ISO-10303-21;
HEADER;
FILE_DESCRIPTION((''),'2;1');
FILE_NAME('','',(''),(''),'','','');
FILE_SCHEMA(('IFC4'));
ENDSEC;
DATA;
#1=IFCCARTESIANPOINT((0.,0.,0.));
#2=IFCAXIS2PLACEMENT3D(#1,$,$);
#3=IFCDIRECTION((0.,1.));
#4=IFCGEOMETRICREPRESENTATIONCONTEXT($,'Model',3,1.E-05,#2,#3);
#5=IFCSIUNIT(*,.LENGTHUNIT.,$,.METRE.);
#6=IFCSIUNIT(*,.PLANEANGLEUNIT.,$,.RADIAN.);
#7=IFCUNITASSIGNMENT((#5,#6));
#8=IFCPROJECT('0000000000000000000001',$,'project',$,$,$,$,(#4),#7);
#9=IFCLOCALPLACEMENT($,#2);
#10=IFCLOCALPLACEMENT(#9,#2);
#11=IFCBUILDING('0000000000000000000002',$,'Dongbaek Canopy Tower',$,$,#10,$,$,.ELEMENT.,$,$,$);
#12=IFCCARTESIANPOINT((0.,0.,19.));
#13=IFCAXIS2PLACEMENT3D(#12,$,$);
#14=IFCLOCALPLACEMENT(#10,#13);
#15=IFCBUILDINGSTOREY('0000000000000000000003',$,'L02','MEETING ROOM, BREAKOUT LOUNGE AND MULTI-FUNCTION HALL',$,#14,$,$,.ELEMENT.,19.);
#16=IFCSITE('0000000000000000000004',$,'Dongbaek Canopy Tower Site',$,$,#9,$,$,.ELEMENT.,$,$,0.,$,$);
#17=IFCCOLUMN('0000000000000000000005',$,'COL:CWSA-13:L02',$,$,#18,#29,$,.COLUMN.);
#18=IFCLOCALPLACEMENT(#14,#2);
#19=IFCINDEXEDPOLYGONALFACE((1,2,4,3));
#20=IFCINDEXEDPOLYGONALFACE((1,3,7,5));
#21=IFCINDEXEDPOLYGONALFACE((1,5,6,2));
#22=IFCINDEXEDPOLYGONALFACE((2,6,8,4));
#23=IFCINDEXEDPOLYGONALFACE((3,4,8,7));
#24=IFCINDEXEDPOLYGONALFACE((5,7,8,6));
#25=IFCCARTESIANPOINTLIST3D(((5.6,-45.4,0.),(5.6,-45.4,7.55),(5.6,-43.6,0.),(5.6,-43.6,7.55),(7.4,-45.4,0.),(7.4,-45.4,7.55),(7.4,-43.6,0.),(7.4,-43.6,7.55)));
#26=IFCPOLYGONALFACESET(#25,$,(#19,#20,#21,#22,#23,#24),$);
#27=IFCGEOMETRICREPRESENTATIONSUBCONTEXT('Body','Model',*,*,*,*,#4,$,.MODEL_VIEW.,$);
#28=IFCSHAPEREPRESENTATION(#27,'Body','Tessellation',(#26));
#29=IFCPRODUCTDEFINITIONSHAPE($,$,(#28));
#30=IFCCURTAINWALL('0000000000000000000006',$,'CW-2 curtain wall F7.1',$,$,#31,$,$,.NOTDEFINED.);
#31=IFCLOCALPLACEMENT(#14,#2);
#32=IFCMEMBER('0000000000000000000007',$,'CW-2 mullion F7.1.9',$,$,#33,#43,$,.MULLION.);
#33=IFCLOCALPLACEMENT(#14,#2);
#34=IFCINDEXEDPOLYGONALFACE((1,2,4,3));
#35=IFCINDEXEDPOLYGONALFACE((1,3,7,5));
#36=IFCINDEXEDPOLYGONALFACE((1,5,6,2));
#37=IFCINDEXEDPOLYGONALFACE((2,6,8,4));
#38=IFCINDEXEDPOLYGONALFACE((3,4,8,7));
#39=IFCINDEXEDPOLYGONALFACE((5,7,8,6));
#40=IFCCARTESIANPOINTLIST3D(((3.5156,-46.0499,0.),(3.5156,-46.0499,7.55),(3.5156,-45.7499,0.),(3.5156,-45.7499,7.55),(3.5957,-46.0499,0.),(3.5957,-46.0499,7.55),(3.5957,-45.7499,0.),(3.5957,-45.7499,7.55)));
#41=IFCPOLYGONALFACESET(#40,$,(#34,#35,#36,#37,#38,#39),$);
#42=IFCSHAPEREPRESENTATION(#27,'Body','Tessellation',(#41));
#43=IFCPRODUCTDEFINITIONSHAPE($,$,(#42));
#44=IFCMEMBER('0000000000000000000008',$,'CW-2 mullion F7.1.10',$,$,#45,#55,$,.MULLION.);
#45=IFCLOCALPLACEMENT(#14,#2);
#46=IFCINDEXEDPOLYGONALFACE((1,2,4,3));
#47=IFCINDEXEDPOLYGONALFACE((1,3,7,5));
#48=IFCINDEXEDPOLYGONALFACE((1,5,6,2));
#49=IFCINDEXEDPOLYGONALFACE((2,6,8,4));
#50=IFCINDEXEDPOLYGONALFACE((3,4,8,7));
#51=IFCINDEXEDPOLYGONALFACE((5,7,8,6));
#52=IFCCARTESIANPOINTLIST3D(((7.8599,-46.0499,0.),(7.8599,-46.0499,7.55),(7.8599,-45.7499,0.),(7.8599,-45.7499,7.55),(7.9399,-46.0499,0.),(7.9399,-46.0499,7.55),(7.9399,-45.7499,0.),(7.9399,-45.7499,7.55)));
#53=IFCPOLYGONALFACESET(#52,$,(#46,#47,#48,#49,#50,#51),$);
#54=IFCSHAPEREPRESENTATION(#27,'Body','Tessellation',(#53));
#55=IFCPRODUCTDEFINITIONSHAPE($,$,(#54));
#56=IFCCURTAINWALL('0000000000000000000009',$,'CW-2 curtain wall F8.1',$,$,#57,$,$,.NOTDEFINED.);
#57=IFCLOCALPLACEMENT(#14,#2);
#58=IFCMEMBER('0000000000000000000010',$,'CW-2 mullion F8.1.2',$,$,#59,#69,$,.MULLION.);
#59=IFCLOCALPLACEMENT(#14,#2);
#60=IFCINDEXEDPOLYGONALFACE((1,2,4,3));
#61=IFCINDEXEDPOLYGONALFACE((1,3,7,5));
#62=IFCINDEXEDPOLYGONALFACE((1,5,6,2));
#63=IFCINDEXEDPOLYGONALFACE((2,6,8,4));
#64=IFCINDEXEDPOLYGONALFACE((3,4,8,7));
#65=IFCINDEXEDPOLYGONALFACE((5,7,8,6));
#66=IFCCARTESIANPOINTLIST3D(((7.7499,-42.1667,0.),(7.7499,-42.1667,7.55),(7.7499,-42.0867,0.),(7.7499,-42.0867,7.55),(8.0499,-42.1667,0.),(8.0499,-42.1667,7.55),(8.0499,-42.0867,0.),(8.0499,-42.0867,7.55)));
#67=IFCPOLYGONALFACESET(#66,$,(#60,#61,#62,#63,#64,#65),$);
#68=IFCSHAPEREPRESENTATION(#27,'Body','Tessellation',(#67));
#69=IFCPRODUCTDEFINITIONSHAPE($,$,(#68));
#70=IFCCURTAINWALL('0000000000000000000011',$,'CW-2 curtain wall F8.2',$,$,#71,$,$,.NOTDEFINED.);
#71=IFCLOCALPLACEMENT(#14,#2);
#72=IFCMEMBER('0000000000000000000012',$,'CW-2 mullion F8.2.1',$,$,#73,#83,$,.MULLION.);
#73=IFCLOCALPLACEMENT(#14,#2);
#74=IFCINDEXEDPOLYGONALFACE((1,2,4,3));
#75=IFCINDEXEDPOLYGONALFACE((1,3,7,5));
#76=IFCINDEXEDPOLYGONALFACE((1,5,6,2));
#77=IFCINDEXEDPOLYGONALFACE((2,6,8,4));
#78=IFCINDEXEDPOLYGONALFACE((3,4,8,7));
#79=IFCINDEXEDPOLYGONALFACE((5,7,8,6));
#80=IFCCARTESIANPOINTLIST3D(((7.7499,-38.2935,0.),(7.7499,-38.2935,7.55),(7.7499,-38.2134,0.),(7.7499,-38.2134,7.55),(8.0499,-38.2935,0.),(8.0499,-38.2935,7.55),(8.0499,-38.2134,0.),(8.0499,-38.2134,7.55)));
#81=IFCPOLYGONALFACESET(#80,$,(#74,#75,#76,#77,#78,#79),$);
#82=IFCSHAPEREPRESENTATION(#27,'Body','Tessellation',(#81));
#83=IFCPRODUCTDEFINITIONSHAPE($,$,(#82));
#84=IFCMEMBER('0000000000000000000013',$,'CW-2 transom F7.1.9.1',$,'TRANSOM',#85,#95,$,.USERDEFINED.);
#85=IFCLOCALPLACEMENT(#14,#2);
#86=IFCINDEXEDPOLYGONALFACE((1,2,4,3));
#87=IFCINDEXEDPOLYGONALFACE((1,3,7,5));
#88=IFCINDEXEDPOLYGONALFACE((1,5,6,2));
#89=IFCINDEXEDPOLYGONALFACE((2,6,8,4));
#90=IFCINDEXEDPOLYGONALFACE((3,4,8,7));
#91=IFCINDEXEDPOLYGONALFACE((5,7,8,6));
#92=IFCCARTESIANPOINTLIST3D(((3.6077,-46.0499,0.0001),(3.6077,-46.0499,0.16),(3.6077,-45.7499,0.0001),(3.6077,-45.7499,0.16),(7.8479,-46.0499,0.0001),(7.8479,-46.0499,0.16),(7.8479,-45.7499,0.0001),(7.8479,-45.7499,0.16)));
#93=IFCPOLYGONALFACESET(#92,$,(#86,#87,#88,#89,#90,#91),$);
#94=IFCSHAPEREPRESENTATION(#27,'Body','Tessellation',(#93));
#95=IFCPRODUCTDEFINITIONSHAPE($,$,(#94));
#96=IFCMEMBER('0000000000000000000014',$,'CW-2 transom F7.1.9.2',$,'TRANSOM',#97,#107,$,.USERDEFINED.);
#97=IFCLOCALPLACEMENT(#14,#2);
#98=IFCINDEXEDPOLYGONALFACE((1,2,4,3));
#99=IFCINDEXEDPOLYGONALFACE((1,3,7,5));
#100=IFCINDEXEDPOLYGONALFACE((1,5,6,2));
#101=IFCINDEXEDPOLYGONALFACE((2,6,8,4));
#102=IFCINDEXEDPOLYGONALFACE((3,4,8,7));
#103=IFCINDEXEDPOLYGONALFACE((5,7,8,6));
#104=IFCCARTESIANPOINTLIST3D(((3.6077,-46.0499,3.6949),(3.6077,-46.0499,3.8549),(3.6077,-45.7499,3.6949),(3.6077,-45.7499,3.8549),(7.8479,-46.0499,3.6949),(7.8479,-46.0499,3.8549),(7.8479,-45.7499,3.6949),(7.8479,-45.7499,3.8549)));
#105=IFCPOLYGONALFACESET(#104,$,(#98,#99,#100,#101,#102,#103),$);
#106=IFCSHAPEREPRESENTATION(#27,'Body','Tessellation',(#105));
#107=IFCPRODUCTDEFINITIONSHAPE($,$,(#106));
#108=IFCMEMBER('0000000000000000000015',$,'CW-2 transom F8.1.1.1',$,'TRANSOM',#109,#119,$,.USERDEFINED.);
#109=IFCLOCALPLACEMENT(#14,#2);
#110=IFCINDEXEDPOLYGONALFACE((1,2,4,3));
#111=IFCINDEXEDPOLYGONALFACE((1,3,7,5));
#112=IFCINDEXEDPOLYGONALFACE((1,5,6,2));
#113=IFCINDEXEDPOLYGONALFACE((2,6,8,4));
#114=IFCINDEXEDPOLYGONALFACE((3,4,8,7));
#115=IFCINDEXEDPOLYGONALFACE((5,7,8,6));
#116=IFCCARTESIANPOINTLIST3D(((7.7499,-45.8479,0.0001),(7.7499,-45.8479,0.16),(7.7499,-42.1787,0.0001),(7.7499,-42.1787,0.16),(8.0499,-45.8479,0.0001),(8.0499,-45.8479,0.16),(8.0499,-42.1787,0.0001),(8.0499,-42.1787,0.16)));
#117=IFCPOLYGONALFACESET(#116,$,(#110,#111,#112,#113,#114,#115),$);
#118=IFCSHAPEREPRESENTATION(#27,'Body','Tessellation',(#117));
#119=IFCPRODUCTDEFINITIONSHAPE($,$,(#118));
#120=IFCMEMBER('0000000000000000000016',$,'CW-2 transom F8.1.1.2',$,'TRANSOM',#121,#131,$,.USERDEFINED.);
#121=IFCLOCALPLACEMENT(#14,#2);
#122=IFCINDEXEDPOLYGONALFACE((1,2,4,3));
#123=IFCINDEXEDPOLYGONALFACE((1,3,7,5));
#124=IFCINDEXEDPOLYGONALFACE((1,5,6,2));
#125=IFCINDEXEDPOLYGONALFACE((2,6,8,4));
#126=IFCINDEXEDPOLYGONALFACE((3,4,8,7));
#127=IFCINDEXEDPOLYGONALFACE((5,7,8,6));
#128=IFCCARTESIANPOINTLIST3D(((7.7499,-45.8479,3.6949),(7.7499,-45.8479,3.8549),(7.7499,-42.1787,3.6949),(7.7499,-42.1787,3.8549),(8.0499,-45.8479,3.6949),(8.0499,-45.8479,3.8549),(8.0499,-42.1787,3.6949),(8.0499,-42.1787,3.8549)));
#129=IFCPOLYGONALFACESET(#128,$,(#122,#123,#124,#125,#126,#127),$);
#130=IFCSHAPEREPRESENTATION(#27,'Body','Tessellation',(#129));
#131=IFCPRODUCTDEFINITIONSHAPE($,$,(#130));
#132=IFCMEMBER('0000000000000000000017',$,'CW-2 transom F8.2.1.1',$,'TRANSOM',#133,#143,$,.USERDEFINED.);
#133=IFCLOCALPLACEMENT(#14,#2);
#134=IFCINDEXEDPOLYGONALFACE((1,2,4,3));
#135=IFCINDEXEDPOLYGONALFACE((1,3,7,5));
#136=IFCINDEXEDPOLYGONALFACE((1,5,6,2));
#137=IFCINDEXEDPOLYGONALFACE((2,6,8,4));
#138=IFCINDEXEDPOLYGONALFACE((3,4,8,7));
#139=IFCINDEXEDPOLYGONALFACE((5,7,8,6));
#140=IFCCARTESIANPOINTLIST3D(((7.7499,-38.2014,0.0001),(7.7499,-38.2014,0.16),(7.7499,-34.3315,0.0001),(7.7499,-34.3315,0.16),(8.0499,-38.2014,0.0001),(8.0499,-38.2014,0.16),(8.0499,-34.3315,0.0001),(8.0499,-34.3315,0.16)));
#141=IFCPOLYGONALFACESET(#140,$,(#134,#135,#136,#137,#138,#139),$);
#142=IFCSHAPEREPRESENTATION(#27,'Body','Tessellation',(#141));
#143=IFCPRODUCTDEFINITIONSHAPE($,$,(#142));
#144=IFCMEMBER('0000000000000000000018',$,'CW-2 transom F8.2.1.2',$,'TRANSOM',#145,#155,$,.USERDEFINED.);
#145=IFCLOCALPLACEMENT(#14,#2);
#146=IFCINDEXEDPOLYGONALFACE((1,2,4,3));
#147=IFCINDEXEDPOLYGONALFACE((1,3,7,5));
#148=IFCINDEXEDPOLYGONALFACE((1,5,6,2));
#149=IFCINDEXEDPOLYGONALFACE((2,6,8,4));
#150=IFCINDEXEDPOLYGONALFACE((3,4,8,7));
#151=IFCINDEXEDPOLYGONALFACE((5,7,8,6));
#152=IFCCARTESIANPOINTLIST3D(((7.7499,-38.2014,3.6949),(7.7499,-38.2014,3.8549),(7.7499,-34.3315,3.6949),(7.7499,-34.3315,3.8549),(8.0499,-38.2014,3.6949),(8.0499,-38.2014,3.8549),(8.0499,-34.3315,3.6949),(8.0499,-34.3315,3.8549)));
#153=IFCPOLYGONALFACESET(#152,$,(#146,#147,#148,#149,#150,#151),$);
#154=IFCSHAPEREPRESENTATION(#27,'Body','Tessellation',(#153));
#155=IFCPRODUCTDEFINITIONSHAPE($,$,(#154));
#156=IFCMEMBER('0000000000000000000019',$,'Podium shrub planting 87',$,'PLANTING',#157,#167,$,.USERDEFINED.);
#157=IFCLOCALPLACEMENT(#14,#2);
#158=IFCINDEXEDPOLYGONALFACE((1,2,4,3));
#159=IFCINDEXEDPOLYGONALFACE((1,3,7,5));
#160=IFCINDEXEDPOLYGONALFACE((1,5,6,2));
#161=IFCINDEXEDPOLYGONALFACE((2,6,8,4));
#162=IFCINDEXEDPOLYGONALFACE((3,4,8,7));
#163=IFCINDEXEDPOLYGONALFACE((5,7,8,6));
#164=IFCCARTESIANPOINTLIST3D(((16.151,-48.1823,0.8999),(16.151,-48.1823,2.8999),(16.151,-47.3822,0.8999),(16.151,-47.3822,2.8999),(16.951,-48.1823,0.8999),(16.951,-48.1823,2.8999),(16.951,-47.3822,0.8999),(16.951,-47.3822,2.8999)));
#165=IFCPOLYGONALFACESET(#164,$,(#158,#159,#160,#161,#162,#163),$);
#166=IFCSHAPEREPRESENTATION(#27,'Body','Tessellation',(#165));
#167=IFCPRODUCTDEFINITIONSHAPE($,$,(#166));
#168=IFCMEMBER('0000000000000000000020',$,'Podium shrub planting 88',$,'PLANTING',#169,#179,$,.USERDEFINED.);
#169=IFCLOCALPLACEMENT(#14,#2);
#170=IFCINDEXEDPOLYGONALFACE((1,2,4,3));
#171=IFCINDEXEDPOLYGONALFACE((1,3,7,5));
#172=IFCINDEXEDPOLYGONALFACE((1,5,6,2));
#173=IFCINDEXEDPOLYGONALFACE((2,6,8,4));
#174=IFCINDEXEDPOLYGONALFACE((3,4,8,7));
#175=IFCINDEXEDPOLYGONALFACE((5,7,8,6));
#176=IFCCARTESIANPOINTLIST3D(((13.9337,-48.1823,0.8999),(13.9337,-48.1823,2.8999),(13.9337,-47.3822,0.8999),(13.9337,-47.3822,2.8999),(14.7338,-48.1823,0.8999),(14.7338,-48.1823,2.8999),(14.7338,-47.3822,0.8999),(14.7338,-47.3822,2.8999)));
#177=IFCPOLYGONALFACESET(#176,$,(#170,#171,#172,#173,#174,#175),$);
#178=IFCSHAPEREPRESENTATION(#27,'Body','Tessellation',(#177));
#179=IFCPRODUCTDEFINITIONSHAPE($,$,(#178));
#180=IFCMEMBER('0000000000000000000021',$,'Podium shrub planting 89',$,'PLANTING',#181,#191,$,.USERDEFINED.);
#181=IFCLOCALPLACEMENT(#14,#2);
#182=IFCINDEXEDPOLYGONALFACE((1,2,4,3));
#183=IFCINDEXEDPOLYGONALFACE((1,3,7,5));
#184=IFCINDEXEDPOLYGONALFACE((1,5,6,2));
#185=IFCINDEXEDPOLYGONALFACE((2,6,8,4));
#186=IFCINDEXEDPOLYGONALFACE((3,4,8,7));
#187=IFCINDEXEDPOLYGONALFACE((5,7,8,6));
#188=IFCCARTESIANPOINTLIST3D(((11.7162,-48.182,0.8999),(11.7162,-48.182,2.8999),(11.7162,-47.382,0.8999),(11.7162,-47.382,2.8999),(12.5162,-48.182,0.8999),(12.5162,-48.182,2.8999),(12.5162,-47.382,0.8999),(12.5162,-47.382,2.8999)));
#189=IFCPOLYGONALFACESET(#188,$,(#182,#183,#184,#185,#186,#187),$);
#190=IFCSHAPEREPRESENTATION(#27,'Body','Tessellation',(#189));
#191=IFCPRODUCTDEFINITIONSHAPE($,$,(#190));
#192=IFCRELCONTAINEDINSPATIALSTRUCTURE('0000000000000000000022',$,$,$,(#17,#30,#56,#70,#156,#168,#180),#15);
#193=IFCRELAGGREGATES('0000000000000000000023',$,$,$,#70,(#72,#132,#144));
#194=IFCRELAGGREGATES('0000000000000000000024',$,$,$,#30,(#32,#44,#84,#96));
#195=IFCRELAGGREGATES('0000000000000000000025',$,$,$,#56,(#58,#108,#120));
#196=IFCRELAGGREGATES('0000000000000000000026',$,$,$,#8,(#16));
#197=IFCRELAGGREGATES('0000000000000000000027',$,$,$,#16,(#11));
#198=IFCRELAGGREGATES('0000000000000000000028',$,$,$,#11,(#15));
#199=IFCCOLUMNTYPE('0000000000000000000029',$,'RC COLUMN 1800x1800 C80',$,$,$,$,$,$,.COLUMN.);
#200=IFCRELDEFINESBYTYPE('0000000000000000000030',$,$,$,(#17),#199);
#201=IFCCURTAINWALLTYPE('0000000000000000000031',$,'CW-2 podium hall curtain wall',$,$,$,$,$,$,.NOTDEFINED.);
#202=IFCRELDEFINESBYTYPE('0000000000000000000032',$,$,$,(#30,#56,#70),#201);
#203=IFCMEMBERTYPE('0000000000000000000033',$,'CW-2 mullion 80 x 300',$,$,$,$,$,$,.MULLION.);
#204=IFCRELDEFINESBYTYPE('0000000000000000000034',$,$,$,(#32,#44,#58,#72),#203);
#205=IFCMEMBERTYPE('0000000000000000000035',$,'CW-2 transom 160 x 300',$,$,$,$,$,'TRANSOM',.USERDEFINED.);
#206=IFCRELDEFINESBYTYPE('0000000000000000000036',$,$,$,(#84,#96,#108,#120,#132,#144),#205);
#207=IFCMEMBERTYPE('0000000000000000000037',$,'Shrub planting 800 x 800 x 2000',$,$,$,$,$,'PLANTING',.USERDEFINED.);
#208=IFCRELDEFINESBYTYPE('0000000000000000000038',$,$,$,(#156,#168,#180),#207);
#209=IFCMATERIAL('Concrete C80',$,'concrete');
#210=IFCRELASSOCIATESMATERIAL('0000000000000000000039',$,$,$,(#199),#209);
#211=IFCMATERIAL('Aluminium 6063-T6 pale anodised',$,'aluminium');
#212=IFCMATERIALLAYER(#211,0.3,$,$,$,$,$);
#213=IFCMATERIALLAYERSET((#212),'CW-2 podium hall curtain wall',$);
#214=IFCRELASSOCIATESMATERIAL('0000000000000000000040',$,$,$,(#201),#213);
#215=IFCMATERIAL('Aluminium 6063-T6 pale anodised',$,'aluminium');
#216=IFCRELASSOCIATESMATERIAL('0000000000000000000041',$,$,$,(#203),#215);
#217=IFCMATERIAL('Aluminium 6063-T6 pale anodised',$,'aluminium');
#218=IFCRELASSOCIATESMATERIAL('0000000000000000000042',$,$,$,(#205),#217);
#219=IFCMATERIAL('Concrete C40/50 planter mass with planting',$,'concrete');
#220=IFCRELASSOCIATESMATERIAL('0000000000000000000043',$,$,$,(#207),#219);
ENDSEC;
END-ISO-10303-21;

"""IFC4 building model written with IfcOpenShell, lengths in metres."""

from ifc_helpers import new_model, si_unit, direction, frame, origin, origin_2d, place, context, subcontext, project, spatial, rectangle, extrude, material, layer, layer_set, material_profile, profile_set, type_object, element, aggregate, save


model = new_model("IFC4")

# Units and contexts
model_context = context("Model", 3, precision=1e-05, world=origin(), true_north=direction((0.0, 1.0)))
body_context = subcontext(model_context, "Body", "Model", "MODEL_VIEW")
ifc_project = project(units=[si_unit("LENGTHUNIT", "METRE"), si_unit("PLANEANGLEUNIT", "RADIAN")], contexts=[model_context])

# Site, building, storey
site_placement = place(None, origin())
site = spatial("IfcSite", under=ifc_project, at=site_placement, Name="Dongbaek Canopy Tower Site", CompositionType="ELEMENT", RefElevation=0.0)
building_placement = place(site_placement, origin())
building = spatial("IfcBuilding", under=site, at=building_placement, Name="Dongbaek Canopy Tower", CompositionType="ELEMENT")
storey_placement = place(building_placement, frame((0.0, 0.0, 19.0)))
storey = spatial("IfcBuildingStorey", under=building, at=storey_placement, Name="L02", Description="MEETING ROOM, BREAKOUT LOUNGE AND MULTI-FUNCTION HALL", CompositionType="ELEMENT", Elevation=19.0)

# Column
ifc_material_1 = material(Name="Concrete C80", Category="concrete")
ifc_material_profile_1 = material_profile(ifc_material_1, rectangle(XDim=1.8, YDim=1.8, at=origin_2d()), Name="RC COLUMN 1800x1800 C80")
ifc_profile_set_1 = profile_set([ifc_material_profile_1], Name="Concrete C80")
column_type = type_object("IfcColumnType", Name="RC COLUMN 1800x1800 C80", PredefinedType="COLUMN", material=ifc_profile_set_1)
column_placement = place(storey_placement, frame((6.5, -44.5, 0.0), z_axis=(0.0, 0.0, 1.0), x_axis=(1.0, 0.0, 0.0)))
element("IfcColumn", 1, at=column_placement, inside=storey, type_object=column_type, Name="COL:CWSA-13:L02", PredefinedType="COLUMN", context=body_context, shape_type="SweptSolid", body=[
    extrude(rectangle(XDim=1.8, YDim=1.8, at=origin_2d()), origin(), (0.0, 0.0, 1.0), 7.55),
])

# Curtain wall, members
ifc_material_2 = material(Name="Aluminium 6063-T6 pale anodised", Category="aluminium")
ifc_layer_1 = layer(ifc_material_2, 0.3)
ifc_layer_set_1 = layer_set([ifc_layer_1], Name="CW-2 podium hall curtain wall")
curtain_wall_type = type_object("IfcCurtainWallType", Name="CW-2 podium hall curtain wall", PredefinedType="NOTDEFINED", material=ifc_layer_set_1)
curtain_wall_1_placement = place(storey_placement, origin())
curtain_wall_1 = element("IfcCurtainWall", 2, at=curtain_wall_1_placement, inside=storey, type_object=curtain_wall_type, Name="CW-2 curtain wall F7.1", PredefinedType="NOTDEFINED")
ifc_material_3 = material(Name="Aluminium 6063-T6 pale anodised", Category="aluminium")
ifc_material_profile_2 = material_profile(ifc_material_3, rectangle(XDim=0.3, YDim=0.0801, at=origin_2d()), Name="CW-2 mullion 80 x 300")
ifc_profile_set_2 = profile_set([ifc_material_profile_2], Name="Aluminium 6063-T6 pale anodised")
member_type_1 = type_object("IfcMemberType", Name="CW-2 mullion 80 x 300", PredefinedType="MULLION", material=ifc_profile_set_2)
member_1_placement = place(storey_placement, frame((3.5557, -45.8999, 0.0), z_axis=(0.0, 0.0, 1.0), x_axis=(0.0, -1.0, 0.0)))
member_1 = element("IfcMember", 3, at=member_1_placement, type_object=member_type_1, Name="CW-2 mullion F7.1.9", PredefinedType="MULLION", context=body_context, shape_type="SweptSolid", body=[
    extrude(rectangle(XDim=0.3, YDim=0.0801, at=origin_2d()), origin(), (0.0, 0.0, 1.0), 7.55),
])
member_2_placement = place(storey_placement, frame((7.8999, -45.8999, 0.0), z_axis=(0.0, 0.0, 1.0), x_axis=(0.0, -1.0, 0.0)))
member_2 = element("IfcMember", 4, at=member_2_placement, type_object=member_type_1, Name="CW-2 mullion F7.1.10", PredefinedType="MULLION", context=body_context, shape_type="SweptSolid", body=[
    extrude(rectangle(XDim=0.3, YDim=0.0801, at=origin_2d()), origin(), (0.0, 0.0, 1.0), 7.55),
])

# Curtain walls, members
curtain_wall_2_placement = place(storey_placement, origin())
curtain_wall_2 = element("IfcCurtainWall", 5, at=curtain_wall_2_placement, inside=storey, type_object=curtain_wall_type, Name="CW-2 curtain wall F8.1", PredefinedType="NOTDEFINED")
member_3_placement = place(storey_placement, frame((7.8999, -42.1267, 0.0), z_axis=(0.0, 0.0, 1.0), x_axis=(1.0, 0.0, 0.0)))
member_3 = element("IfcMember", 6, at=member_3_placement, type_object=member_type_1, Name="CW-2 mullion F8.1.2", PredefinedType="MULLION", context=body_context, shape_type="SweptSolid", body=[
    extrude(rectangle(XDim=0.3, YDim=0.0801, at=origin_2d()), origin(), (0.0, 0.0, 1.0), 7.55),
])
curtain_wall_3_placement = place(storey_placement, origin())
curtain_wall_3 = element("IfcCurtainWall", 7, at=curtain_wall_3_placement, inside=storey, type_object=curtain_wall_type, Name="CW-2 curtain wall F8.2", PredefinedType="NOTDEFINED")
member_4_placement = place(storey_placement, frame((7.8999, -38.2534, 0.0), z_axis=(0.0, 0.0, 1.0), x_axis=(1.0, 0.0, 0.0)))
member_4 = element("IfcMember", 8, at=member_4_placement, type_object=member_type_1, Name="CW-2 mullion F8.2.1", PredefinedType="MULLION", context=body_context, shape_type="SweptSolid", body=[
    extrude(rectangle(XDim=0.3, YDim=0.0801, at=origin_2d()), origin(), (0.0, 0.0, 1.0), 7.55),
])

# Members
ifc_material_4 = material(Name="Aluminium 6063-T6 pale anodised", Category="aluminium")
ifc_material_profile_3 = material_profile(ifc_material_4, rectangle(XDim=0.3, YDim=0.1599, at=origin_2d()), Name="CW-2 transom 160 x 300")
ifc_profile_set_3 = profile_set([ifc_material_profile_3], Name="Aluminium 6063-T6 pale anodised")
member_type_2 = type_object("IfcMemberType", Name="CW-2 transom 160 x 300", ElementType="TRANSOM", PredefinedType="USERDEFINED", material=ifc_profile_set_3)
member_5_placement = place(storey_placement, frame((3.6077, -45.8999, 0.0801), z_axis=(1.0, 0.0, 0.0), x_axis=(0.0, 1.0, 0.0)))
member_5 = element("IfcMember", 9, at=member_5_placement, type_object=member_type_2, Name="CW-2 transom F7.1.9.1", ObjectType="TRANSOM", PredefinedType="USERDEFINED", context=body_context, shape_type="SweptSolid", body=[
    extrude(rectangle(XDim=0.3, YDim=0.1599, at=origin_2d()), origin(), (0.0, 0.0, 1.0), 4.2402),
])
member_6_placement = place(storey_placement, frame((3.6077, -45.8999, 3.7749), z_axis=(1.0, 0.0, 0.0), x_axis=(0.0, 1.0, 0.0)))
member_6 = element("IfcMember", 10, at=member_6_placement, type_object=member_type_2, Name="CW-2 transom F7.1.9.2", ObjectType="TRANSOM", PredefinedType="USERDEFINED", context=body_context, shape_type="SweptSolid", body=[
    extrude(rectangle(XDim=0.3, YDim=0.1599, at=origin_2d()), origin(), (0.0, 0.0, 1.0), 4.2402),
])
member_7_placement = place(storey_placement, frame((7.8999, -45.8479, 0.0801), z_axis=(0.0, 1.0, 0.0), x_axis=(-1.0, 0.0, 0.0)))
member_7 = element("IfcMember", 11, at=member_7_placement, type_object=member_type_2, Name="CW-2 transom F8.1.1.1", ObjectType="TRANSOM", PredefinedType="USERDEFINED", context=body_context, shape_type="SweptSolid", body=[
    extrude(rectangle(XDim=0.3, YDim=0.1599, at=origin_2d()), origin(), (0.0, 0.0, 1.0), 3.6692),
])
member_8_placement = place(storey_placement, frame((7.8999, -45.8479, 3.7749), z_axis=(0.0, 1.0, 0.0), x_axis=(-1.0, 0.0, 0.0)))
member_8 = element("IfcMember", 12, at=member_8_placement, type_object=member_type_2, Name="CW-2 transom F8.1.1.2", ObjectType="TRANSOM", PredefinedType="USERDEFINED", context=body_context, shape_type="SweptSolid", body=[
    extrude(rectangle(XDim=0.3, YDim=0.1599, at=origin_2d()), origin(), (0.0, 0.0, 1.0), 3.6692),
])
member_9_placement = place(storey_placement, frame((7.8999, -38.2014, 0.0801), z_axis=(0.0, 1.0, 0.0), x_axis=(-1.0, 0.0, 0.0)))
member_9 = element("IfcMember", 13, at=member_9_placement, type_object=member_type_2, Name="CW-2 transom F8.2.1.1", ObjectType="TRANSOM", PredefinedType="USERDEFINED", context=body_context, shape_type="SweptSolid", body=[
    extrude(rectangle(XDim=0.3, YDim=0.1599, at=origin_2d()), origin(), (0.0, 0.0, 1.0), 3.8699),
])
member_10_placement = place(storey_placement, frame((7.8999, -38.2014, 3.7749), z_axis=(0.0, 1.0, 0.0), x_axis=(-1.0, 0.0, 0.0)))
member_10 = element("IfcMember", 14, at=member_10_placement, type_object=member_type_2, Name="CW-2 transom F8.2.1.2", ObjectType="TRANSOM", PredefinedType="USERDEFINED", context=body_context, shape_type="SweptSolid", body=[
    extrude(rectangle(XDim=0.3, YDim=0.1599, at=origin_2d()), origin(), (0.0, 0.0, 1.0), 3.8699),
])
aggregate(curtain_wall_3, [member_4, member_9, member_10])

# Members
ifc_material_5 = material(Name="Concrete C40/50 planter mass with planting", Category="concrete")
ifc_material_profile_4 = material_profile(ifc_material_5, rectangle(XDim=0.8, YDim=0.8, at=origin_2d()), Name="Shrub planting 800 x 800 x 2000")
ifc_profile_set_4 = profile_set([ifc_material_profile_4], Name="Concrete C40/50 planter mass with planting")
member_type_3 = type_object("IfcMemberType", Name="Shrub planting 800 x 800 x 2000", ElementType="PLANTING", PredefinedType="USERDEFINED", material=ifc_profile_set_4)
for number, where, z_axis, x_axis, name in (
    (15, (16.551, -47.7822, 0.8999), (0.0, 0.0, 1.0), (1.0, 0.0, 0.0), "Podium shrub planting 87"),
    (16, (14.3337, -47.7822, 0.8999), (0.0, 0.0, 1.0), (1.0, 0.0, 0.0), "Podium shrub planting 88"),
    (17, (12.1162, -47.782, 0.8999), (0.0, 0.0, 1.0), (1.0, 0.0, 0.0), "Podium shrub planting 89"),
):
    element("IfcMember", number, at=place(storey_placement, frame(where, z_axis=z_axis, x_axis=x_axis)), inside=storey, type_object=member_type_3, Name=name, ObjectType="PLANTING", PredefinedType="USERDEFINED", context=body_context, shape_type="SweptSolid", body=[
        extrude(rectangle(XDim=0.8, YDim=0.8, at=origin_2d()), origin(), (0.0, 0.0, 1.0), 2.0),
    ])

aggregate(curtain_wall_1, [member_1, member_2, member_5, member_6])
aggregate(curtain_wall_2, [member_3, member_7, member_8])

save(model, "model.ifc")
